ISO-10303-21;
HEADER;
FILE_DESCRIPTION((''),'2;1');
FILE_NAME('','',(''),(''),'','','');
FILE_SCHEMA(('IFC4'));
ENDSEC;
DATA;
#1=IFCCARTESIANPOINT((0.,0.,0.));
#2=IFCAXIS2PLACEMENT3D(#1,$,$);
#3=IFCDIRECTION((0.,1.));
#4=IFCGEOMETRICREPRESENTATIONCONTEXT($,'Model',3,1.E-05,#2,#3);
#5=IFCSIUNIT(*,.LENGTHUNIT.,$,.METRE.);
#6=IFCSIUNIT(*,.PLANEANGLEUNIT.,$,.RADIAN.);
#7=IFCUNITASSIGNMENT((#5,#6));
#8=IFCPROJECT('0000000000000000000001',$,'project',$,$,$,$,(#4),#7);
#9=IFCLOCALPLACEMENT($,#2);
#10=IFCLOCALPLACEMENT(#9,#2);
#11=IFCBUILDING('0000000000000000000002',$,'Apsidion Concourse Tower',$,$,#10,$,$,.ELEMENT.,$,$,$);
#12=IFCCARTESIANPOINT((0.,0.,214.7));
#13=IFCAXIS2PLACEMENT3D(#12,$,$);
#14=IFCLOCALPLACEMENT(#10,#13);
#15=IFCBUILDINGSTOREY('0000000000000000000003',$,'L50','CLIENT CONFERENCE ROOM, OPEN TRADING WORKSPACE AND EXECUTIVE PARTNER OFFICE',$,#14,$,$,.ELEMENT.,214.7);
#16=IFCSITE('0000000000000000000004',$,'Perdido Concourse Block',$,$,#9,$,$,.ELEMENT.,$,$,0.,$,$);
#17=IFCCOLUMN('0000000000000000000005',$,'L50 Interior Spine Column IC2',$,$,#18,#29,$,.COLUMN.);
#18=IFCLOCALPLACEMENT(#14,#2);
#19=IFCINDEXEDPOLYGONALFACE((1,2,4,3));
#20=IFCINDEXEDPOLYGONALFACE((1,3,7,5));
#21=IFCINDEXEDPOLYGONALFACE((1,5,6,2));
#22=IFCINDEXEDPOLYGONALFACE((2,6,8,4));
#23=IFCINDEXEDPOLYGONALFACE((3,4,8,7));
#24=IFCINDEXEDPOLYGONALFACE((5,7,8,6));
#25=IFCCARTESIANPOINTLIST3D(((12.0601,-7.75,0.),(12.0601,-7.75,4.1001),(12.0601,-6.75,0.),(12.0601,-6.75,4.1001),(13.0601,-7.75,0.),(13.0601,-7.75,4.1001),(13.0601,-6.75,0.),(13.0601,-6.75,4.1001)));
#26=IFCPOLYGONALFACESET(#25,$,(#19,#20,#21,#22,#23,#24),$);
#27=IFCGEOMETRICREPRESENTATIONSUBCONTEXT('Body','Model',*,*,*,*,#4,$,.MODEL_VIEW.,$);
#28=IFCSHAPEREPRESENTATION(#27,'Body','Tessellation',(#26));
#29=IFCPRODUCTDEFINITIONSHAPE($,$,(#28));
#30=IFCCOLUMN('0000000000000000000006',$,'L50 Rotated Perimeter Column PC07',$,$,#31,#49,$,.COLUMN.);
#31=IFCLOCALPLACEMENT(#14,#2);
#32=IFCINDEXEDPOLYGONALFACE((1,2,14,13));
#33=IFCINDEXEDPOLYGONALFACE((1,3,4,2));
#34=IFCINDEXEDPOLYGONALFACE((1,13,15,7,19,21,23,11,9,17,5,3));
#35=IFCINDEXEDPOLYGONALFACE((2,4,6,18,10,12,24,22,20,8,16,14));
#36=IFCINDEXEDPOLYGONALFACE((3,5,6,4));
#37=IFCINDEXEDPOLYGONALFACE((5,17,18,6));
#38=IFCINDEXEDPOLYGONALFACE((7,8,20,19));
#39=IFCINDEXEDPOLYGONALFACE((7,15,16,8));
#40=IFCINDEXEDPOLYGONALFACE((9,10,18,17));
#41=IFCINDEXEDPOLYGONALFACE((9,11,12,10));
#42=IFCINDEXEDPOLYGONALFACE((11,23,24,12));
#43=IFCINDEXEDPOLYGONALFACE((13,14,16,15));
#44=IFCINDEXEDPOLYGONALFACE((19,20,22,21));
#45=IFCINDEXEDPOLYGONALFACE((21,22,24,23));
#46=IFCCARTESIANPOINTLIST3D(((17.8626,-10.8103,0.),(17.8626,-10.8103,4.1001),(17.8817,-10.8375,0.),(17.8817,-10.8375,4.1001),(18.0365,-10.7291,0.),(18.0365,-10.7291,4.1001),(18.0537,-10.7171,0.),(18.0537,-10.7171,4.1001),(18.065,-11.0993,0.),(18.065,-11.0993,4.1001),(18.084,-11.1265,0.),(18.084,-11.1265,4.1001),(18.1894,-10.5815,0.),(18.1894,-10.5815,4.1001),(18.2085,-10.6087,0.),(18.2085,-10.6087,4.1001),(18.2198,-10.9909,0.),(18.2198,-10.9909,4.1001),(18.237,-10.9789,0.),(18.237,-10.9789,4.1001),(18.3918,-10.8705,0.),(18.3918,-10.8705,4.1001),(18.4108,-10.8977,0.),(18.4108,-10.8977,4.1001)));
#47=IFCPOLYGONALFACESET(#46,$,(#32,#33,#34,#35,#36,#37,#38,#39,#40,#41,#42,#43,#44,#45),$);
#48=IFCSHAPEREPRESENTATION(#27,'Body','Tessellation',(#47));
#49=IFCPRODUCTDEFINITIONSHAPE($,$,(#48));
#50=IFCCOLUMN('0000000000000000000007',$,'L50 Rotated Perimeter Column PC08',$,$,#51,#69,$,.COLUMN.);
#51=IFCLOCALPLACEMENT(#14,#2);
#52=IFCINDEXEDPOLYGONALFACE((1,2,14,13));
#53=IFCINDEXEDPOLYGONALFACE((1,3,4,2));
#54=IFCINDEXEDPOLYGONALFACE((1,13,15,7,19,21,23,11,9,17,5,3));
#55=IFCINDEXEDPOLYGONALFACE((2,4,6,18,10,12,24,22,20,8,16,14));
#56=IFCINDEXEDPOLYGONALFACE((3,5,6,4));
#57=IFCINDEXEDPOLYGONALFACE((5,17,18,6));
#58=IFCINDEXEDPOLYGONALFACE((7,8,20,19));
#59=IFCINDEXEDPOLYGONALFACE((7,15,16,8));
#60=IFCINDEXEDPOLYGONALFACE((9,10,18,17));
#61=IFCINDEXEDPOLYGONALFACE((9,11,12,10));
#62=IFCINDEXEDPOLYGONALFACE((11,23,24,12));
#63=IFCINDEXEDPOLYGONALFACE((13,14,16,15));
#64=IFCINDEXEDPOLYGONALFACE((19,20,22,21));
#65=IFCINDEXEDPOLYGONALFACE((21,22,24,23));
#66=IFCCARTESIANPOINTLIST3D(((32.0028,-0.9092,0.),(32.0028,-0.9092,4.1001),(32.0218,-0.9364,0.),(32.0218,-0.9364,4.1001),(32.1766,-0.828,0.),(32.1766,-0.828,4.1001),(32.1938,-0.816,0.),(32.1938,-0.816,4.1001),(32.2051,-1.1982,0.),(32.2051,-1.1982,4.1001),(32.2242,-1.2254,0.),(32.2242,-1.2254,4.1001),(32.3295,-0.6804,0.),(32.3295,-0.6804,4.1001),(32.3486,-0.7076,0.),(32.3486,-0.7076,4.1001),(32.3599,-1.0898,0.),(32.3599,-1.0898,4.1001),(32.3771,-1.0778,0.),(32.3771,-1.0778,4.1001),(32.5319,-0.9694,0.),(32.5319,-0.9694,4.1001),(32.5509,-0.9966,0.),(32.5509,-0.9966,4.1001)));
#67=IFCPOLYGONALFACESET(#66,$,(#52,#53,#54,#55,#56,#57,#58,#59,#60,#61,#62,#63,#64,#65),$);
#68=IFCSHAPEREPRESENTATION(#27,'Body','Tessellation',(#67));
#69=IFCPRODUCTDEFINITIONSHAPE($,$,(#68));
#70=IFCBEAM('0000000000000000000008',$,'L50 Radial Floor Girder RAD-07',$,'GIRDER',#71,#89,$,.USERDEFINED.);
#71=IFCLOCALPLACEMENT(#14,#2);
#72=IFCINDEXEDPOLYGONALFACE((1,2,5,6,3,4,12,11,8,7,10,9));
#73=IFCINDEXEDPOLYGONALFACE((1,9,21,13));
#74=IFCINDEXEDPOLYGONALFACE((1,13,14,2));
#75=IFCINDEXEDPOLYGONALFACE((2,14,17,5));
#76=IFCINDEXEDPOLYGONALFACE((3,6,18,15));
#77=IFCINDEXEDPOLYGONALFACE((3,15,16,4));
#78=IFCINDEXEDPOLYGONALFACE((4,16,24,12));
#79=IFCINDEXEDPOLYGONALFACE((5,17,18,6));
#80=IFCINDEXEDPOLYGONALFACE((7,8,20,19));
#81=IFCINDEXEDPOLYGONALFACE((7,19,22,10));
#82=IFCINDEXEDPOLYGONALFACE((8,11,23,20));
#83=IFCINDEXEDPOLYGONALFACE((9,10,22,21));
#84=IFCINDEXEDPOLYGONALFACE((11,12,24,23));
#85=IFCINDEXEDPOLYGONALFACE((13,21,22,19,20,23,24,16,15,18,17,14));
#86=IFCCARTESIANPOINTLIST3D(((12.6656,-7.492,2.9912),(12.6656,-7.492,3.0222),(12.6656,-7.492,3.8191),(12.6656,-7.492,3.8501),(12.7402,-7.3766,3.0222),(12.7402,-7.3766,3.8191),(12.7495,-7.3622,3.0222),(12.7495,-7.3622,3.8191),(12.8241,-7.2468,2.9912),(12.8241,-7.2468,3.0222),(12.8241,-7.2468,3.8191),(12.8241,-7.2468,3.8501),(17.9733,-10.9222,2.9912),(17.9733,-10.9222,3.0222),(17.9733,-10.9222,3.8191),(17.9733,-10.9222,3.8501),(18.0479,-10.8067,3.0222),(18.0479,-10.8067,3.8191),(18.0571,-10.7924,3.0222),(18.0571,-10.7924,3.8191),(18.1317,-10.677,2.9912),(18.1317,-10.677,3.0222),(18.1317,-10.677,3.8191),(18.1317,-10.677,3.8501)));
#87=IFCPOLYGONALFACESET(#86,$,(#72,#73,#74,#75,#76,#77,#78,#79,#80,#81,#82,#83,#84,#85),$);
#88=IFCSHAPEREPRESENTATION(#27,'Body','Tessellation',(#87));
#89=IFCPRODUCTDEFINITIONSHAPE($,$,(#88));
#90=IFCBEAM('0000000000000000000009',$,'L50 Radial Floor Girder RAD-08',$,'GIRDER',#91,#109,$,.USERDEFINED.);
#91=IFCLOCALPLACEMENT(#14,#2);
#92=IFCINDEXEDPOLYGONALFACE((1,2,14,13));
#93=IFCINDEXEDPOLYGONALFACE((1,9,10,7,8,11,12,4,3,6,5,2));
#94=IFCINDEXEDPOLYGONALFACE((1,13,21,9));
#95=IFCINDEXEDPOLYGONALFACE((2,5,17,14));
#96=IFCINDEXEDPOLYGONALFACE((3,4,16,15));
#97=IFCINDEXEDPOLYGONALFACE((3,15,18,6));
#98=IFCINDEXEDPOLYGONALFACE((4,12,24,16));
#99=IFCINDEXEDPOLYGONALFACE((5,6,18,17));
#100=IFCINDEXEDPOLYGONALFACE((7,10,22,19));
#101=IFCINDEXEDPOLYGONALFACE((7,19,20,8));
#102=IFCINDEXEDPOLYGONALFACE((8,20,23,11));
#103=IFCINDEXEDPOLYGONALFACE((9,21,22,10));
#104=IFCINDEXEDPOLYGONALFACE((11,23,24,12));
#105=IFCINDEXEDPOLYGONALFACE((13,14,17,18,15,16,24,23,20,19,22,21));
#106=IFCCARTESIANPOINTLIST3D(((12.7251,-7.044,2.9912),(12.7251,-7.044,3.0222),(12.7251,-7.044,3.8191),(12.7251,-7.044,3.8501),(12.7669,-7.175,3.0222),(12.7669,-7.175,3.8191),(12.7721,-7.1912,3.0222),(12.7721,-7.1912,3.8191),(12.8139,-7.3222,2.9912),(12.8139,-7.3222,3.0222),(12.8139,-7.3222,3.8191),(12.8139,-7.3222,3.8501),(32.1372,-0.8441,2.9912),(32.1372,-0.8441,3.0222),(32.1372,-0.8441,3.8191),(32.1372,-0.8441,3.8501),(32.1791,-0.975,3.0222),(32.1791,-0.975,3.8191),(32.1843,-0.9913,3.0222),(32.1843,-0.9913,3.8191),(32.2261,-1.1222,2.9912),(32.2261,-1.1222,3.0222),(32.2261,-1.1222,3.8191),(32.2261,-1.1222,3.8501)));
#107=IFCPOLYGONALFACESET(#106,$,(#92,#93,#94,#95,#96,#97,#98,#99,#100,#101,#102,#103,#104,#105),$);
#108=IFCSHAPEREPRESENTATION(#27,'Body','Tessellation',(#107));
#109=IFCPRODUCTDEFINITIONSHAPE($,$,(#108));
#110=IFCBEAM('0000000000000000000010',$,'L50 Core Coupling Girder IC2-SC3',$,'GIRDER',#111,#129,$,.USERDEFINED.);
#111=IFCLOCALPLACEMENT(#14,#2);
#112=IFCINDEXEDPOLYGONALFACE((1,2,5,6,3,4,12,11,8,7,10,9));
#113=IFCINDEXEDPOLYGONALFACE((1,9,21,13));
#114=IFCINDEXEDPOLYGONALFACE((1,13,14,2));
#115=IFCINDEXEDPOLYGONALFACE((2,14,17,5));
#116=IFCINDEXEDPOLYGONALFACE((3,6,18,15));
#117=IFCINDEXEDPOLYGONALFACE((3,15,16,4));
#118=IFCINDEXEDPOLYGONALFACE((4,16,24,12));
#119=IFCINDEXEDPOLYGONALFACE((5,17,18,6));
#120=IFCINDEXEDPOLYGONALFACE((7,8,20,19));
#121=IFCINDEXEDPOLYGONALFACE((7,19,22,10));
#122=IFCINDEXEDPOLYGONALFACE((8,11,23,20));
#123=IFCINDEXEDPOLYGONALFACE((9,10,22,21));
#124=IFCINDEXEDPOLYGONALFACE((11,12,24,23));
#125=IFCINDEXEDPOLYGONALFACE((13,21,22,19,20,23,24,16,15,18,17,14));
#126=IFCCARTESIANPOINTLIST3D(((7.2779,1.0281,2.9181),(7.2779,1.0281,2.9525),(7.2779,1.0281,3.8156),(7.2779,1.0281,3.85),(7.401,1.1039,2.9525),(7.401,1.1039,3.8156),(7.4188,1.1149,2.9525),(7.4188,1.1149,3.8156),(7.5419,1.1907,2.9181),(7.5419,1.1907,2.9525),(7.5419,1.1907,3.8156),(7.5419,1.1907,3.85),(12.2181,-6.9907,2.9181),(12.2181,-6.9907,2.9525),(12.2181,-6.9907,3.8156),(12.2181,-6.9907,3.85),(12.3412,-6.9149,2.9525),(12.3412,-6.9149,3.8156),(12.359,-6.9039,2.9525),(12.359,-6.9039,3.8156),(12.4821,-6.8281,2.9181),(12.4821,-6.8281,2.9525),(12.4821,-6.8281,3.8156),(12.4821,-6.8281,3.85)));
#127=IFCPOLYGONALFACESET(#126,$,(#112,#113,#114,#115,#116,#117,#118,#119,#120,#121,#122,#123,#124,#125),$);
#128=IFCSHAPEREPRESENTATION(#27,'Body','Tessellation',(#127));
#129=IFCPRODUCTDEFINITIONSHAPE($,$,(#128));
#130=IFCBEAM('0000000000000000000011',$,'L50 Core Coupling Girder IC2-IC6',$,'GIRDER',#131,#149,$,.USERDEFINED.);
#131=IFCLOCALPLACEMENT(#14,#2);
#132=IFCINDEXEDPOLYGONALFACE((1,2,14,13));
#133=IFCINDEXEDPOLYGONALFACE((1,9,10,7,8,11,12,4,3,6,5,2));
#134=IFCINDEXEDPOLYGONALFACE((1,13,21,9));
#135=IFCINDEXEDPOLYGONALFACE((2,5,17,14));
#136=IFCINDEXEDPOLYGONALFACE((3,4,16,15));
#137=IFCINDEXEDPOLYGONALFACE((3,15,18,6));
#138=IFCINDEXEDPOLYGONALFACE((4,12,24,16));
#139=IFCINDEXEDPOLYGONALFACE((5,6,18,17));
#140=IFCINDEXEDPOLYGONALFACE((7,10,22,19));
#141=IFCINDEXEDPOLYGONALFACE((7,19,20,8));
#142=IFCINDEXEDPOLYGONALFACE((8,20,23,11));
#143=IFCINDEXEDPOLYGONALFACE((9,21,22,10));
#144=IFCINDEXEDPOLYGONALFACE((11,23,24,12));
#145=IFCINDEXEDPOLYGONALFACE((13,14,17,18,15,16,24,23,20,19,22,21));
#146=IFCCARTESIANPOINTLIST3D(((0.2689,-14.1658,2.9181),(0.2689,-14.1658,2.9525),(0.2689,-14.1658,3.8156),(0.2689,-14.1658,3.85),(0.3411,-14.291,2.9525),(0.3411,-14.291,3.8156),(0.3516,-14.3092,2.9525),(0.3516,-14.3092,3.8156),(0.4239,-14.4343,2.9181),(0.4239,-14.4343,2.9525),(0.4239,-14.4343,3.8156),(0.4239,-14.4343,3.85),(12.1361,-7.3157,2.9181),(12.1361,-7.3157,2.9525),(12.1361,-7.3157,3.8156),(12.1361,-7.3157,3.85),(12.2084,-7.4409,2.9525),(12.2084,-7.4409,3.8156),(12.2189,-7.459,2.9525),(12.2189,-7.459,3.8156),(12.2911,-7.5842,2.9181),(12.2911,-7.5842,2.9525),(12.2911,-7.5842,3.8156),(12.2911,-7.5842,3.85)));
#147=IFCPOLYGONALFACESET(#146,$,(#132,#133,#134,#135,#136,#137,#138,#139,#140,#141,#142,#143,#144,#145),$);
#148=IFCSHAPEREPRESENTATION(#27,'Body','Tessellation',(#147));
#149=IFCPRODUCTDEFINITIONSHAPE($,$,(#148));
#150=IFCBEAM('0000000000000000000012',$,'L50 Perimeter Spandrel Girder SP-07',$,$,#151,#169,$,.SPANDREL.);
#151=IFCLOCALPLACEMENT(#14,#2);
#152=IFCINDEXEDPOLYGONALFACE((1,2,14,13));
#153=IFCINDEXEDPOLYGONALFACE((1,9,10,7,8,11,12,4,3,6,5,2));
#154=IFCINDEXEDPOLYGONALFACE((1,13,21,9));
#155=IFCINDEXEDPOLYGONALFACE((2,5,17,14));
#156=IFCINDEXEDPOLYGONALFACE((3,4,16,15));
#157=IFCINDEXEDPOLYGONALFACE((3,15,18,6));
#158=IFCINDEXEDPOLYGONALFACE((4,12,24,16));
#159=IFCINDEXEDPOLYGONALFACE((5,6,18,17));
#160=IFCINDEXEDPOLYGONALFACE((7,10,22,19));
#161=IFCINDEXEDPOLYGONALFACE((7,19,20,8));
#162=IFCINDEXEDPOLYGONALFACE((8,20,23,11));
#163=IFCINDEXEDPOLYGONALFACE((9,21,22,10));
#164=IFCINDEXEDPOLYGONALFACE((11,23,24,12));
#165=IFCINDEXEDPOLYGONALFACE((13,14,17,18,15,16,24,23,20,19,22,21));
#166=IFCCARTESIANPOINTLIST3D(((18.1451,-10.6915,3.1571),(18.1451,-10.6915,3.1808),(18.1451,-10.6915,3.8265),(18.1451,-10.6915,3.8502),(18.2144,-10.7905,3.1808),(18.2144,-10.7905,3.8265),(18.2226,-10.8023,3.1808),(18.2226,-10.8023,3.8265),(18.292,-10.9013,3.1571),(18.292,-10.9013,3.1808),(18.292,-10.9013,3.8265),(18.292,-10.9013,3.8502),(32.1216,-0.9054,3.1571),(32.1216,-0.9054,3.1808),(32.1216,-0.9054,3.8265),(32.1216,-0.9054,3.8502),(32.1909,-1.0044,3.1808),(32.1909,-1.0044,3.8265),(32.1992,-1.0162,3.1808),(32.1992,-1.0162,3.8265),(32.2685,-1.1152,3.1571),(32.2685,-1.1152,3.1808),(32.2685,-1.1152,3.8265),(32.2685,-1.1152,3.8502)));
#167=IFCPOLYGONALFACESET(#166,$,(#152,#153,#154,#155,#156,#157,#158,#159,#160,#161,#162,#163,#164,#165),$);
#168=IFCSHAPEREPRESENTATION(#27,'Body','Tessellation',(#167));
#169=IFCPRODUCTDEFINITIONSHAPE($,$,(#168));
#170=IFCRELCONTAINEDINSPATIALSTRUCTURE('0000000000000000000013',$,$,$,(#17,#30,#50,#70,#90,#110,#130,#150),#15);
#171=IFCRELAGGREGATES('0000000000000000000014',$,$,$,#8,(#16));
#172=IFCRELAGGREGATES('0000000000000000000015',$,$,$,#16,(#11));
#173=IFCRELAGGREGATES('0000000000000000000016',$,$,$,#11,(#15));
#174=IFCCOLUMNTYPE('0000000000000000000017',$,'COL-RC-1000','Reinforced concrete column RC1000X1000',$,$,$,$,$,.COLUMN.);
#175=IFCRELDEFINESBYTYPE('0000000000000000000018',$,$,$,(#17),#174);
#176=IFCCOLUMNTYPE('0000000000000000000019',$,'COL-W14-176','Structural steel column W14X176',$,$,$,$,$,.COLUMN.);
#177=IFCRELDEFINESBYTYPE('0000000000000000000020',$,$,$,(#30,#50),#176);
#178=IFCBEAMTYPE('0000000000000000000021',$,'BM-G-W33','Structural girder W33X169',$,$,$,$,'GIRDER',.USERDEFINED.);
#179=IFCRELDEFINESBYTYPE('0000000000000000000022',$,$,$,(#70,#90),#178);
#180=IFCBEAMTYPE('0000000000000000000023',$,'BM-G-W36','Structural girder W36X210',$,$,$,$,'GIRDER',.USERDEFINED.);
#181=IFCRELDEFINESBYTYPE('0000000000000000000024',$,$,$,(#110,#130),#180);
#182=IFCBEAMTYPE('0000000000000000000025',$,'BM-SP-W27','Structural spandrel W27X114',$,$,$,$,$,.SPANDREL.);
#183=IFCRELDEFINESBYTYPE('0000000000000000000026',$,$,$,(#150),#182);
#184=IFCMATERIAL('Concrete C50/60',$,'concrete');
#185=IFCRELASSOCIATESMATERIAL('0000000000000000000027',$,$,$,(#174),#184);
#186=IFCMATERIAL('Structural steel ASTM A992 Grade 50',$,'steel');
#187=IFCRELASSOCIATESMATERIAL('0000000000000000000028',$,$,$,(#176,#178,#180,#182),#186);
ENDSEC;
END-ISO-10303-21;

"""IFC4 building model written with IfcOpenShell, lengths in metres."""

from ifc_helpers import new_model, si_unit, direction, frame, origin, origin_2d, place, context, subcontext, project, spatial, rectangle, i_section, extrude, material, material_profile, profile_set, type_object, element, save


model = new_model("IFC4")

# Units and contexts
model_context = context("Model", 3, precision=1e-05, world=origin(), true_north=direction((0.0, 1.0)))
body_context = subcontext(model_context, "Body", "Model", "MODEL_VIEW")
ifc_project = project(units=[si_unit("LENGTHUNIT", "METRE"), si_unit("PLANEANGLEUNIT", "RADIAN")], contexts=[model_context])

# Site, building, storey
site_placement = place(None, origin())
site = spatial("IfcSite", under=ifc_project, at=site_placement, Name="Perdido Concourse Block", CompositionType="ELEMENT", RefElevation=0.0)
building_placement = place(site_placement, origin())
building = spatial("IfcBuilding", under=site, at=building_placement, Name="Apsidion Concourse Tower", CompositionType="ELEMENT")
storey_placement = place(building_placement, frame((0.0, 0.0, 214.7)))
storey = spatial("IfcBuildingStorey", under=building, at=storey_placement, Name="L50", Description="CLIENT CONFERENCE ROOM, OPEN TRADING WORKSPACE AND EXECUTIVE PARTNER OFFICE", CompositionType="ELEMENT", Elevation=214.7)

# Columns
ifc_material_1 = material(Name="Concrete C50/60", Category="concrete")
ifc_material_profile_1 = material_profile(ifc_material_1, rectangle(XDim=1.0, YDim=1.0, at=origin_2d()), Name="RC 1000x1000")
ifc_profile_set_1 = profile_set([ifc_material_profile_1], Name="Concrete C50/60")
column_type_1 = type_object("IfcColumnType", Name="COL-RC-1000", Description="Reinforced concrete column RC1000X1000", PredefinedType="COLUMN", material=ifc_profile_set_1)
column_placement = place(storey_placement, frame((12.5601, -7.25, 0.0), z_axis=(0.0, 0.0, 1.0), x_axis=(1.0, 0.0, 0.0)))
element("IfcColumn", 1, at=column_placement, inside=storey, type_object=column_type_1, Name="L50 Interior Spine Column IC2", PredefinedType="COLUMN", context=body_context, shape_type="SweptSolid", body=[
    extrude(rectangle(XDim=1.0, YDim=1.0, at=origin_2d()), origin(), (0.0, 0.0, 1.0), 4.1001),
])
ifc_material_2 = material(Name="Structural steel ASTM A992 Grade 50", Category="steel")
ifc_material_profile_2 = material_profile(ifc_material_2, i_section(OverallWidth=0.3989, OverallDepth=0.386, WebThickness=0.021, FlangeThickness=0.0332, at=origin_2d()), Name="W14X176")
ifc_profile_set_2 = profile_set([ifc_material_profile_2], Name="Structural steel ASTM A992 Grade 50")
column_type_2 = type_object("IfcColumnType", Name="COL-W14-176", Description="Structural steel column W14X176", PredefinedType="COLUMN", material=ifc_profile_set_2)
for number, where, z_axis, x_axis, name in (
    (2, (18.1367, -10.854, 0.0), (0.0, 0.0, 1.0), (0.819152, 0.573576, 0.0), "L50 Rotated Perimeter Column PC07"),
    (3, (32.2769, -0.9529, 0.0), (0.0, 0.0, 1.0), (0.819152, 0.573576, 0.0), "L50 Rotated Perimeter Column PC08"),
):
    element("IfcColumn", number, at=place(storey_placement, frame(where, z_axis=z_axis, x_axis=x_axis)), inside=storey, type_object=column_type_2, Name=name, PredefinedType="COLUMN", context=body_context, shape_type="SweptSolid", body=[
        extrude(i_section(OverallWidth=0.3989, OverallDepth=0.386, WebThickness=0.021, FlangeThickness=0.0332, at=origin_2d()), origin(), (0.0, 0.0, 1.0), 4.1001),
    ])

# Beams
ifc_material_profile_3 = material_profile(ifc_material_2, i_section(OverallWidth=0.292, OverallDepth=0.8589, WebThickness=0.0171, FlangeThickness=0.031, at=origin_2d()), Name="W33X169")
ifc_profile_set_3 = profile_set([ifc_material_profile_3], Name="Structural steel ASTM A992 Grade 50")
beam_type_1 = type_object("IfcBeamType", Name="BM-G-W33", Description="Structural girder W33X169", ElementType="GIRDER", PredefinedType="USERDEFINED", material=ifc_profile_set_3)
beam_1_placement = place(storey_placement, frame((12.7449, -7.3694, 3.4207), z_axis=(0.839871, -0.542787, 0.0), x_axis=(0.542787, 0.839871, 0.0)))
element("IfcBeam", 4, at=beam_1_placement, inside=storey, type_object=beam_type_1, Name="L50 Radial Floor Girder RAD-07", ObjectType="GIRDER", PredefinedType="USERDEFINED", context=body_context, shape_type="SweptSolid", body=[
    extrude(i_section(OverallWidth=0.292, OverallDepth=0.8589, WebThickness=0.0171, FlangeThickness=0.031, at=origin_2d()), origin(), (0.0, 0.0, 1.0), 6.3196),
])
beam_2_placement = place(storey_placement, frame((12.7695, -7.1831, 3.4207), z_axis=(0.952594, 0.304245, 0.0), x_axis=(-0.304245, 0.952594, 0.0)))
element("IfcBeam", 5, at=beam_2_placement, inside=storey, type_object=beam_type_1, Name="L50 Radial Floor Girder RAD-08", ObjectType="GIRDER", PredefinedType="USERDEFINED", context=body_context, shape_type="SweptSolid", body=[
    extrude(i_section(OverallWidth=0.292, OverallDepth=0.8589, WebThickness=0.0171, FlangeThickness=0.031, at=origin_2d()), origin(), (0.0, 0.0, 1.0), 20.3782),
])
ifc_material_profile_4 = material_profile(ifc_material_2, i_section(OverallWidth=0.3101, OverallDepth=0.9319, WebThickness=0.021, FlangeThickness=0.0344, at=origin_2d()), Name="W36X210")
ifc_profile_set_4 = profile_set([ifc_material_profile_4], Name="Structural steel ASTM A992 Grade 50")
beam_type_2 = type_object("IfcBeamType", Name="BM-G-W36", Description="Structural girder W36X210", ElementType="GIRDER", PredefinedType="USERDEFINED", material=ifc_profile_set_4)
beam_3_placement = place(storey_placement, frame((12.3501, -6.9094, 3.384), z_axis=(-0.524524, 0.851396, 0.0), x_axis=(-0.851396, -0.524524, 0.0)))
element("IfcBeam", 6, at=beam_3_placement, inside=storey, type_object=beam_type_2, Name="L50 Core Coupling Girder IC2-SC3", ObjectType="GIRDER", PredefinedType="USERDEFINED", context=body_context, shape_type="SweptSolid", body=[
    extrude(i_section(OverallWidth=0.3101, OverallDepth=0.9319, WebThickness=0.021, FlangeThickness=0.0344, at=origin_2d()), origin(), (0.0, 0.0, 1.0), 9.4185),
])
beam_4_placement = place(storey_placement, frame((12.2136, -7.45, 3.384), z_axis=(-0.86607, -0.499922, 0.0), x_axis=(0.499922, -0.86607, 0.0)))
element("IfcBeam", 7, at=beam_4_placement, inside=storey, type_object=beam_type_2, Name="L50 Core Coupling Girder IC2-IC6", ObjectType="GIRDER", PredefinedType="USERDEFINED", context=body_context, shape_type="SweptSolid", body=[
    extrude(i_section(OverallWidth=0.3101, OverallDepth=0.9319, WebThickness=0.021, FlangeThickness=0.0344, at=origin_2d()), origin(), (0.0, 0.0, 1.0), 13.7024),
])
ifc_material_profile_5 = material_profile(ifc_material_2, i_section(OverallWidth=0.2561, OverallDepth=0.6931, WebThickness=0.0144, FlangeThickness=0.0237, at=origin_2d()), Name="W27X114")
ifc_profile_set_5 = profile_set([ifc_material_profile_5], Name="Structural steel ASTM A992 Grade 50")
beam_type_3 = type_object("IfcBeamType", Name="BM-SP-W27", Description="Structural spandrel W27X114", PredefinedType="SPANDREL", material=ifc_profile_set_5)
beam_5_placement = place(storey_placement, frame((18.2185, -10.7964, 3.5037), z_axis=(0.819162, 0.573562, 0.0), x_axis=(-0.573562, 0.819162, 0.0)))
element("IfcBeam", 8, at=beam_5_placement, inside=storey, type_object=beam_type_3, Name="L50 Perimeter Spandrel Girder SP-07", PredefinedType="SPANDREL", context=body_context, shape_type="SweptSolid", body=[
    extrude(i_section(OverallWidth=0.2561, OverallDepth=0.6931, WebThickness=0.0144, FlangeThickness=0.0237, at=origin_2d()), origin(), (0.0, 0.0, 1.0), 17.062),
])

save(model, "model.ifc")
